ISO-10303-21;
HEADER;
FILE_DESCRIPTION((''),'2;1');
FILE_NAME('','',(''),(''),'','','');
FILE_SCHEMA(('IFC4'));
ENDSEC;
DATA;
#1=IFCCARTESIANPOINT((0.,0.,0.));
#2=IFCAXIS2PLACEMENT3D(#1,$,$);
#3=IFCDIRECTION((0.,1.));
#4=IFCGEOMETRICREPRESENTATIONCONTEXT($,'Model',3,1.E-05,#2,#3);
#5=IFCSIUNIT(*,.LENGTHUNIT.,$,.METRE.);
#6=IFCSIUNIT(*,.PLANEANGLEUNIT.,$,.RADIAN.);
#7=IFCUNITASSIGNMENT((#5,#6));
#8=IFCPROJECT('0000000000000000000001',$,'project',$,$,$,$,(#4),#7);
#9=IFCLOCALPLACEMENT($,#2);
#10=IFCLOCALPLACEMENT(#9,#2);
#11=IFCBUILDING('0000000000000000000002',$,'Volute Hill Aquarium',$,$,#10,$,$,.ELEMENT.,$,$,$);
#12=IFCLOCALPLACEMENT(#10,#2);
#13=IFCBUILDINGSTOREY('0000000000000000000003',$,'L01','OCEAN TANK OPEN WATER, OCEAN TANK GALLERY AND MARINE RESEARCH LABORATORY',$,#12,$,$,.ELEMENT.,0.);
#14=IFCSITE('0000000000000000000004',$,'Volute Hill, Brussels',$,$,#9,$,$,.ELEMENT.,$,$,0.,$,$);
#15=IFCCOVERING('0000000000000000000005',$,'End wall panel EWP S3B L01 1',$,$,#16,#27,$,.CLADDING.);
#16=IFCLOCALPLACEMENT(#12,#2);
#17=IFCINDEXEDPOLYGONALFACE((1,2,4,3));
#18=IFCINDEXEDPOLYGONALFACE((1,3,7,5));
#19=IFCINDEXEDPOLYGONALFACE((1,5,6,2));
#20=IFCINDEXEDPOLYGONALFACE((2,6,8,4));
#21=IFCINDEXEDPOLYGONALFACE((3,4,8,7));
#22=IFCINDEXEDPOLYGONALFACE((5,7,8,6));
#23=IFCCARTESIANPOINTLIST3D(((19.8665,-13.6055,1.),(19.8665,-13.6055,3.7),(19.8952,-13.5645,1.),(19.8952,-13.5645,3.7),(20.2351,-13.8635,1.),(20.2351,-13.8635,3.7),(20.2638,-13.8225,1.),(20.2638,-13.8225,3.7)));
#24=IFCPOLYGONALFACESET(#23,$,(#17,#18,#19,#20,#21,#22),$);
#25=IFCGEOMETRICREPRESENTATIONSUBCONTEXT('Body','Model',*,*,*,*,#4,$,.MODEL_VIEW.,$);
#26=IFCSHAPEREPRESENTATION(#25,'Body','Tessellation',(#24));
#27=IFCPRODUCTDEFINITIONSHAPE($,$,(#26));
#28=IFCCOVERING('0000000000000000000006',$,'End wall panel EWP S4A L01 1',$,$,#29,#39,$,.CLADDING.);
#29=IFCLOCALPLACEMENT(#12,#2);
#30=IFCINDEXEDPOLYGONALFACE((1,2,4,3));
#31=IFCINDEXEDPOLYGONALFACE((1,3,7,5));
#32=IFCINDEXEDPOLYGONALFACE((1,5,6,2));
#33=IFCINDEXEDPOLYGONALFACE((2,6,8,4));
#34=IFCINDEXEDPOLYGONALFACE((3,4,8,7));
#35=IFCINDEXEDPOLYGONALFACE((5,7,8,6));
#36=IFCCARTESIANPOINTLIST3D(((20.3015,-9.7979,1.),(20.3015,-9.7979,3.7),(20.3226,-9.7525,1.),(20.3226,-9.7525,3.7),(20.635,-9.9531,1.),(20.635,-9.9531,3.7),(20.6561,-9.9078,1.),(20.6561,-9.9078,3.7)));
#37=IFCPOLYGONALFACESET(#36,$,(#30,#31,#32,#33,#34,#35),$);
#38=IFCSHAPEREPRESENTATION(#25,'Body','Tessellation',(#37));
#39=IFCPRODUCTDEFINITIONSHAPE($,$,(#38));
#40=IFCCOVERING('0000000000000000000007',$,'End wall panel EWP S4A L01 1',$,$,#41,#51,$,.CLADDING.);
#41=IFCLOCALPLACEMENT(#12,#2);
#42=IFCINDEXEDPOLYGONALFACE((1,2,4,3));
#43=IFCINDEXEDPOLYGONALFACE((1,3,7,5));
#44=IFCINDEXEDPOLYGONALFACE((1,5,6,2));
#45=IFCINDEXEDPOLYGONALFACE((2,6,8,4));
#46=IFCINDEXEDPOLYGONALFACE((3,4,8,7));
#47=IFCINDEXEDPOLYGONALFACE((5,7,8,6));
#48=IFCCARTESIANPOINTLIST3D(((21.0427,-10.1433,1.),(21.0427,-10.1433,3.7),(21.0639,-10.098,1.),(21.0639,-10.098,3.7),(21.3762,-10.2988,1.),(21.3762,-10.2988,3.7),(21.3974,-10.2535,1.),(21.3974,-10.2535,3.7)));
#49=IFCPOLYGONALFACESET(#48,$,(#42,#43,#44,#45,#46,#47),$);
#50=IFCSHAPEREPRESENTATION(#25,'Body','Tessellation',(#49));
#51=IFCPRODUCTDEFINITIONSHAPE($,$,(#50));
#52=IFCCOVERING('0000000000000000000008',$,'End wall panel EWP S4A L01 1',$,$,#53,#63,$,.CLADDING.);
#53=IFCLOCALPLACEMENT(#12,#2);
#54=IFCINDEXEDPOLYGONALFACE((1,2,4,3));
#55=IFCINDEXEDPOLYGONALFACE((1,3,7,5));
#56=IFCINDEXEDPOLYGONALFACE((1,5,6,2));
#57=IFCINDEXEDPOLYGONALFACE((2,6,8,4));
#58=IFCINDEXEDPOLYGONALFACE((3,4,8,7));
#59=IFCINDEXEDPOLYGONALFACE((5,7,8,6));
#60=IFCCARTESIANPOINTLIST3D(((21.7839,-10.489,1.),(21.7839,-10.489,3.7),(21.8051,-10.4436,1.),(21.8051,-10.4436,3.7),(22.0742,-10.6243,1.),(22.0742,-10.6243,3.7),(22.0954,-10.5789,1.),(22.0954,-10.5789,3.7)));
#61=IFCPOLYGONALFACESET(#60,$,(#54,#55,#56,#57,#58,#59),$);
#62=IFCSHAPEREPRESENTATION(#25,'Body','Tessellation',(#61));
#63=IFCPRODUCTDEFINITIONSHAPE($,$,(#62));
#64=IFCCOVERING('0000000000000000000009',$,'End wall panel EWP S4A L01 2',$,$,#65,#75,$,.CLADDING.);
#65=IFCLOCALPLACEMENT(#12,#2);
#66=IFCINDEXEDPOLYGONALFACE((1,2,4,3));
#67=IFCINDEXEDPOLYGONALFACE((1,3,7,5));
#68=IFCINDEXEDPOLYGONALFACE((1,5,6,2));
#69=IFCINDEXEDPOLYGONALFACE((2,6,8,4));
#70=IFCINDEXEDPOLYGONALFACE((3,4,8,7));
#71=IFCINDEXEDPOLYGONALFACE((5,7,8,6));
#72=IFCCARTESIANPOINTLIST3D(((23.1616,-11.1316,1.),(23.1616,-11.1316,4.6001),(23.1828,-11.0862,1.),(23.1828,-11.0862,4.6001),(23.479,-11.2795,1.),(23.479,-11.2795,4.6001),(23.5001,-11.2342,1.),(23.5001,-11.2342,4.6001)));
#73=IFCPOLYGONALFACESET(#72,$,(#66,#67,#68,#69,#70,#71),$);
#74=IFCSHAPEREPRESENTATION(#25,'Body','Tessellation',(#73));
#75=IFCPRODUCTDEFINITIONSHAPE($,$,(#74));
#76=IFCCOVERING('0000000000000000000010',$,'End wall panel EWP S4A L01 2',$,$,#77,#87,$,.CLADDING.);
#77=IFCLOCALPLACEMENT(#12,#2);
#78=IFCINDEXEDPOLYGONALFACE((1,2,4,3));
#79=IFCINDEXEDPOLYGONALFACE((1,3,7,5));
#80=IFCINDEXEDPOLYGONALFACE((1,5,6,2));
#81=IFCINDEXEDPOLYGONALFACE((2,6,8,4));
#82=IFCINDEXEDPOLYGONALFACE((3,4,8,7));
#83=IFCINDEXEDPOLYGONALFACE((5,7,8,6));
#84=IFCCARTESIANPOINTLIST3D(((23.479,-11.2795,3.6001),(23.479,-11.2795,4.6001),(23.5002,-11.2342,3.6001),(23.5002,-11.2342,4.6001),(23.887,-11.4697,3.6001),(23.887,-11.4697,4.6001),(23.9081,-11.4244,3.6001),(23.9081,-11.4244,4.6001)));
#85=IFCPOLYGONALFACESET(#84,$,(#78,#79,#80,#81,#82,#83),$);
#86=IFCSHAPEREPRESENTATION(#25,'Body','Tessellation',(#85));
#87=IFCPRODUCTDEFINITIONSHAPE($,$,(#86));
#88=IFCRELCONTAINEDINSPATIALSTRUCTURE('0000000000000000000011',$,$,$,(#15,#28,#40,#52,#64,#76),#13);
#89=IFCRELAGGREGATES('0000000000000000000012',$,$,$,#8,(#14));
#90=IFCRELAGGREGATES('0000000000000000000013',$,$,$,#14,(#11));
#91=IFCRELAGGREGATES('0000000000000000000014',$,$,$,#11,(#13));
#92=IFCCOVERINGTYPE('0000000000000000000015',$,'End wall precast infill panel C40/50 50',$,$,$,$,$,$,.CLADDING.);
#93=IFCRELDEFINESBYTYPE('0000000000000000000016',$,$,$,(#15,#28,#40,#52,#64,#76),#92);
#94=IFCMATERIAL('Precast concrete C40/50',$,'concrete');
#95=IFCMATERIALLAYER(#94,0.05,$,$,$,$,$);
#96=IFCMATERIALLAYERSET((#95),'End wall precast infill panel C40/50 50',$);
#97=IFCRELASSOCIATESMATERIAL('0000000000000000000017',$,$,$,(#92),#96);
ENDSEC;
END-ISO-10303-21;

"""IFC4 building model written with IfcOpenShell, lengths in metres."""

from ifc_helpers import new_model, si_unit, direction, frame, origin, place, context, subcontext, project, spatial, polyline, outline, extrude, material, layer, layer_set, type_object, element, save


model = new_model("IFC4")

# Units and contexts
model_context = context("Model", 3, precision=1e-05, world=origin(), true_north=direction((0.0, 1.0)))
body_context = subcontext(model_context, "Body", "Model", "MODEL_VIEW")
ifc_project = project(units=[si_unit("LENGTHUNIT", "METRE"), si_unit("PLANEANGLEUNIT", "RADIAN")], contexts=[model_context])

# Site, building, storey
site_placement = place(None, origin())
site = spatial("IfcSite", under=ifc_project, at=site_placement, Name="Volute Hill, Brussels", CompositionType="ELEMENT", RefElevation=0.0)
building_placement = place(site_placement, origin())
building = spatial("IfcBuilding", under=site, at=building_placement, Name="Volute Hill Aquarium", CompositionType="ELEMENT")
storey_placement = place(building_placement, origin())
storey = spatial("IfcBuildingStorey", under=building, at=storey_placement, Name="L01", Description="OCEAN TANK OPEN WATER, OCEAN TANK GALLERY AND MARINE RESEARCH LABORATORY", CompositionType="ELEMENT", Elevation=0.0)

# Coverings
ifc_material_1 = material(Name="Precast concrete C40/50", Category="concrete")
ifc_layer_1 = layer(ifc_material_1, 0.05)
ifc_layer_set_1 = layer_set([ifc_layer_1], Name="End wall precast infill panel C40/50 50")
covering_type_1 = type_object("IfcCoveringType", Name="End wall precast infill panel C40/50 50", PredefinedType="CLADDING", material=ifc_layer_set_1)
covering_1_placement = place(storey_placement, frame((19.8665, -13.6055, 1.0), z_axis=(-0.573462, -0.819232, 0.0), x_axis=(0.819232, -0.573462, 0.0)))
element("IfcCovering", 1, at=covering_1_placement, inside=storey, type_object=covering_type_1, Name="End wall panel EWP S3B L01 1", PredefinedType="CLADDING", context=body_context, shape_type="SweptSolid", body=[
    extrude(outline(polyline([(0.0, 0.0), (0.45, 0.0), (0.45, 2.7), (0.0, 2.7), (0.0, 0.0)])), origin(), (0.0, 0.0, -1.0), 0.05),
])
covering_2_placement = place(storey_placement, frame((20.3015, -9.7979, 1.0), z_axis=(-0.422086, -0.906556, 0.0), x_axis=(0.906556, -0.422086, 0.0)))
element("IfcCovering", 2, at=covering_2_placement, inside=storey, type_object=covering_type_1, Name="End wall panel EWP S4A L01 1", PredefinedType="CLADDING", context=body_context, shape_type="SweptSolid", body=[
    extrude(outline(polyline([(0.0, 0.0), (0.3679, 0.0), (0.3679, 2.7), (0.0, 2.7), (0.0, 0.0)])), origin(), (0.0, 0.0, -1.0), 0.05),
])
covering_3_placement = place(storey_placement, frame((21.0427, -10.1433, 1.0), z_axis=(-0.422631, -0.906302, 0.0), x_axis=(0.906302, -0.422631, 0.0)))
element("IfcCovering", 3, at=covering_3_placement, inside=storey, type_object=covering_type_1, Name="End wall panel EWP S4A L01 1", PredefinedType="CLADDING", context=body_context, shape_type="SweptSolid", body=[
    extrude(outline(polyline([(0.0, 0.0), (0.368, 0.0), (0.368, 2.7), (0.0, 2.7), (0.0, 0.0)])), origin(), (0.0, 0.0, -1.0), 0.05),
])
covering_4_placement = place(storey_placement, frame((21.7839, -10.489, 1.0), z_axis=(-0.422343, -0.906436, 0.0), x_axis=(0.906436, -0.422343, 0.0)))
element("IfcCovering", 4, at=covering_4_placement, inside=storey, type_object=covering_type_1, Name="End wall panel EWP S4A L01 1", PredefinedType="CLADDING", context=body_context, shape_type="SweptSolid", body=[
    extrude(outline(polyline([(0.0, 0.0), (0.3202, 0.0), (0.3202, 2.7), (0.0, 2.7), (0.0, 0.0)])), origin(), (0.0, 0.0, -1.0), 0.05),
])
covering_5_placement = place(storey_placement, frame((23.1616, -11.1316, 1.0), z_axis=(-0.422504, -0.906361, 0.0), x_axis=(0.906361, -0.422504, 0.0)))
element("IfcCovering", 5, at=covering_5_placement, inside=storey, type_object=covering_type_1, Name="End wall panel EWP S4A L01 2", PredefinedType="CLADDING", context=body_context, shape_type="SweptSolid", body=[
    extrude(outline(polyline([(0.0, 0.0), (0.3502, 0.0), (0.3502, 3.6001), (0.0, 3.6001), (0.0, 0.0)])), origin(), (0.0, 0.0, -1.0), 0.05),
])
covering_6_placement = place(storey_placement, frame((23.479, -11.2795, 3.6001), z_axis=(-0.422529, -0.906349, 0.0), x_axis=(0.906349, -0.422529, 0.0)))
element("IfcCovering", 6, at=covering_6_placement, inside=storey, type_object=covering_type_1, Name="End wall panel EWP S4A L01 2", PredefinedType="CLADDING", context=body_context, shape_type="SweptSolid", body=[
    extrude(outline(polyline([(0.0, 0.0), (0.4501, 0.0), (0.4501, 1.0), (0.0, 1.0), (0.0, 0.0)])), origin(), (0.0, 0.0, -1.0), 0.05),
])

save(model, "model.ifc")
